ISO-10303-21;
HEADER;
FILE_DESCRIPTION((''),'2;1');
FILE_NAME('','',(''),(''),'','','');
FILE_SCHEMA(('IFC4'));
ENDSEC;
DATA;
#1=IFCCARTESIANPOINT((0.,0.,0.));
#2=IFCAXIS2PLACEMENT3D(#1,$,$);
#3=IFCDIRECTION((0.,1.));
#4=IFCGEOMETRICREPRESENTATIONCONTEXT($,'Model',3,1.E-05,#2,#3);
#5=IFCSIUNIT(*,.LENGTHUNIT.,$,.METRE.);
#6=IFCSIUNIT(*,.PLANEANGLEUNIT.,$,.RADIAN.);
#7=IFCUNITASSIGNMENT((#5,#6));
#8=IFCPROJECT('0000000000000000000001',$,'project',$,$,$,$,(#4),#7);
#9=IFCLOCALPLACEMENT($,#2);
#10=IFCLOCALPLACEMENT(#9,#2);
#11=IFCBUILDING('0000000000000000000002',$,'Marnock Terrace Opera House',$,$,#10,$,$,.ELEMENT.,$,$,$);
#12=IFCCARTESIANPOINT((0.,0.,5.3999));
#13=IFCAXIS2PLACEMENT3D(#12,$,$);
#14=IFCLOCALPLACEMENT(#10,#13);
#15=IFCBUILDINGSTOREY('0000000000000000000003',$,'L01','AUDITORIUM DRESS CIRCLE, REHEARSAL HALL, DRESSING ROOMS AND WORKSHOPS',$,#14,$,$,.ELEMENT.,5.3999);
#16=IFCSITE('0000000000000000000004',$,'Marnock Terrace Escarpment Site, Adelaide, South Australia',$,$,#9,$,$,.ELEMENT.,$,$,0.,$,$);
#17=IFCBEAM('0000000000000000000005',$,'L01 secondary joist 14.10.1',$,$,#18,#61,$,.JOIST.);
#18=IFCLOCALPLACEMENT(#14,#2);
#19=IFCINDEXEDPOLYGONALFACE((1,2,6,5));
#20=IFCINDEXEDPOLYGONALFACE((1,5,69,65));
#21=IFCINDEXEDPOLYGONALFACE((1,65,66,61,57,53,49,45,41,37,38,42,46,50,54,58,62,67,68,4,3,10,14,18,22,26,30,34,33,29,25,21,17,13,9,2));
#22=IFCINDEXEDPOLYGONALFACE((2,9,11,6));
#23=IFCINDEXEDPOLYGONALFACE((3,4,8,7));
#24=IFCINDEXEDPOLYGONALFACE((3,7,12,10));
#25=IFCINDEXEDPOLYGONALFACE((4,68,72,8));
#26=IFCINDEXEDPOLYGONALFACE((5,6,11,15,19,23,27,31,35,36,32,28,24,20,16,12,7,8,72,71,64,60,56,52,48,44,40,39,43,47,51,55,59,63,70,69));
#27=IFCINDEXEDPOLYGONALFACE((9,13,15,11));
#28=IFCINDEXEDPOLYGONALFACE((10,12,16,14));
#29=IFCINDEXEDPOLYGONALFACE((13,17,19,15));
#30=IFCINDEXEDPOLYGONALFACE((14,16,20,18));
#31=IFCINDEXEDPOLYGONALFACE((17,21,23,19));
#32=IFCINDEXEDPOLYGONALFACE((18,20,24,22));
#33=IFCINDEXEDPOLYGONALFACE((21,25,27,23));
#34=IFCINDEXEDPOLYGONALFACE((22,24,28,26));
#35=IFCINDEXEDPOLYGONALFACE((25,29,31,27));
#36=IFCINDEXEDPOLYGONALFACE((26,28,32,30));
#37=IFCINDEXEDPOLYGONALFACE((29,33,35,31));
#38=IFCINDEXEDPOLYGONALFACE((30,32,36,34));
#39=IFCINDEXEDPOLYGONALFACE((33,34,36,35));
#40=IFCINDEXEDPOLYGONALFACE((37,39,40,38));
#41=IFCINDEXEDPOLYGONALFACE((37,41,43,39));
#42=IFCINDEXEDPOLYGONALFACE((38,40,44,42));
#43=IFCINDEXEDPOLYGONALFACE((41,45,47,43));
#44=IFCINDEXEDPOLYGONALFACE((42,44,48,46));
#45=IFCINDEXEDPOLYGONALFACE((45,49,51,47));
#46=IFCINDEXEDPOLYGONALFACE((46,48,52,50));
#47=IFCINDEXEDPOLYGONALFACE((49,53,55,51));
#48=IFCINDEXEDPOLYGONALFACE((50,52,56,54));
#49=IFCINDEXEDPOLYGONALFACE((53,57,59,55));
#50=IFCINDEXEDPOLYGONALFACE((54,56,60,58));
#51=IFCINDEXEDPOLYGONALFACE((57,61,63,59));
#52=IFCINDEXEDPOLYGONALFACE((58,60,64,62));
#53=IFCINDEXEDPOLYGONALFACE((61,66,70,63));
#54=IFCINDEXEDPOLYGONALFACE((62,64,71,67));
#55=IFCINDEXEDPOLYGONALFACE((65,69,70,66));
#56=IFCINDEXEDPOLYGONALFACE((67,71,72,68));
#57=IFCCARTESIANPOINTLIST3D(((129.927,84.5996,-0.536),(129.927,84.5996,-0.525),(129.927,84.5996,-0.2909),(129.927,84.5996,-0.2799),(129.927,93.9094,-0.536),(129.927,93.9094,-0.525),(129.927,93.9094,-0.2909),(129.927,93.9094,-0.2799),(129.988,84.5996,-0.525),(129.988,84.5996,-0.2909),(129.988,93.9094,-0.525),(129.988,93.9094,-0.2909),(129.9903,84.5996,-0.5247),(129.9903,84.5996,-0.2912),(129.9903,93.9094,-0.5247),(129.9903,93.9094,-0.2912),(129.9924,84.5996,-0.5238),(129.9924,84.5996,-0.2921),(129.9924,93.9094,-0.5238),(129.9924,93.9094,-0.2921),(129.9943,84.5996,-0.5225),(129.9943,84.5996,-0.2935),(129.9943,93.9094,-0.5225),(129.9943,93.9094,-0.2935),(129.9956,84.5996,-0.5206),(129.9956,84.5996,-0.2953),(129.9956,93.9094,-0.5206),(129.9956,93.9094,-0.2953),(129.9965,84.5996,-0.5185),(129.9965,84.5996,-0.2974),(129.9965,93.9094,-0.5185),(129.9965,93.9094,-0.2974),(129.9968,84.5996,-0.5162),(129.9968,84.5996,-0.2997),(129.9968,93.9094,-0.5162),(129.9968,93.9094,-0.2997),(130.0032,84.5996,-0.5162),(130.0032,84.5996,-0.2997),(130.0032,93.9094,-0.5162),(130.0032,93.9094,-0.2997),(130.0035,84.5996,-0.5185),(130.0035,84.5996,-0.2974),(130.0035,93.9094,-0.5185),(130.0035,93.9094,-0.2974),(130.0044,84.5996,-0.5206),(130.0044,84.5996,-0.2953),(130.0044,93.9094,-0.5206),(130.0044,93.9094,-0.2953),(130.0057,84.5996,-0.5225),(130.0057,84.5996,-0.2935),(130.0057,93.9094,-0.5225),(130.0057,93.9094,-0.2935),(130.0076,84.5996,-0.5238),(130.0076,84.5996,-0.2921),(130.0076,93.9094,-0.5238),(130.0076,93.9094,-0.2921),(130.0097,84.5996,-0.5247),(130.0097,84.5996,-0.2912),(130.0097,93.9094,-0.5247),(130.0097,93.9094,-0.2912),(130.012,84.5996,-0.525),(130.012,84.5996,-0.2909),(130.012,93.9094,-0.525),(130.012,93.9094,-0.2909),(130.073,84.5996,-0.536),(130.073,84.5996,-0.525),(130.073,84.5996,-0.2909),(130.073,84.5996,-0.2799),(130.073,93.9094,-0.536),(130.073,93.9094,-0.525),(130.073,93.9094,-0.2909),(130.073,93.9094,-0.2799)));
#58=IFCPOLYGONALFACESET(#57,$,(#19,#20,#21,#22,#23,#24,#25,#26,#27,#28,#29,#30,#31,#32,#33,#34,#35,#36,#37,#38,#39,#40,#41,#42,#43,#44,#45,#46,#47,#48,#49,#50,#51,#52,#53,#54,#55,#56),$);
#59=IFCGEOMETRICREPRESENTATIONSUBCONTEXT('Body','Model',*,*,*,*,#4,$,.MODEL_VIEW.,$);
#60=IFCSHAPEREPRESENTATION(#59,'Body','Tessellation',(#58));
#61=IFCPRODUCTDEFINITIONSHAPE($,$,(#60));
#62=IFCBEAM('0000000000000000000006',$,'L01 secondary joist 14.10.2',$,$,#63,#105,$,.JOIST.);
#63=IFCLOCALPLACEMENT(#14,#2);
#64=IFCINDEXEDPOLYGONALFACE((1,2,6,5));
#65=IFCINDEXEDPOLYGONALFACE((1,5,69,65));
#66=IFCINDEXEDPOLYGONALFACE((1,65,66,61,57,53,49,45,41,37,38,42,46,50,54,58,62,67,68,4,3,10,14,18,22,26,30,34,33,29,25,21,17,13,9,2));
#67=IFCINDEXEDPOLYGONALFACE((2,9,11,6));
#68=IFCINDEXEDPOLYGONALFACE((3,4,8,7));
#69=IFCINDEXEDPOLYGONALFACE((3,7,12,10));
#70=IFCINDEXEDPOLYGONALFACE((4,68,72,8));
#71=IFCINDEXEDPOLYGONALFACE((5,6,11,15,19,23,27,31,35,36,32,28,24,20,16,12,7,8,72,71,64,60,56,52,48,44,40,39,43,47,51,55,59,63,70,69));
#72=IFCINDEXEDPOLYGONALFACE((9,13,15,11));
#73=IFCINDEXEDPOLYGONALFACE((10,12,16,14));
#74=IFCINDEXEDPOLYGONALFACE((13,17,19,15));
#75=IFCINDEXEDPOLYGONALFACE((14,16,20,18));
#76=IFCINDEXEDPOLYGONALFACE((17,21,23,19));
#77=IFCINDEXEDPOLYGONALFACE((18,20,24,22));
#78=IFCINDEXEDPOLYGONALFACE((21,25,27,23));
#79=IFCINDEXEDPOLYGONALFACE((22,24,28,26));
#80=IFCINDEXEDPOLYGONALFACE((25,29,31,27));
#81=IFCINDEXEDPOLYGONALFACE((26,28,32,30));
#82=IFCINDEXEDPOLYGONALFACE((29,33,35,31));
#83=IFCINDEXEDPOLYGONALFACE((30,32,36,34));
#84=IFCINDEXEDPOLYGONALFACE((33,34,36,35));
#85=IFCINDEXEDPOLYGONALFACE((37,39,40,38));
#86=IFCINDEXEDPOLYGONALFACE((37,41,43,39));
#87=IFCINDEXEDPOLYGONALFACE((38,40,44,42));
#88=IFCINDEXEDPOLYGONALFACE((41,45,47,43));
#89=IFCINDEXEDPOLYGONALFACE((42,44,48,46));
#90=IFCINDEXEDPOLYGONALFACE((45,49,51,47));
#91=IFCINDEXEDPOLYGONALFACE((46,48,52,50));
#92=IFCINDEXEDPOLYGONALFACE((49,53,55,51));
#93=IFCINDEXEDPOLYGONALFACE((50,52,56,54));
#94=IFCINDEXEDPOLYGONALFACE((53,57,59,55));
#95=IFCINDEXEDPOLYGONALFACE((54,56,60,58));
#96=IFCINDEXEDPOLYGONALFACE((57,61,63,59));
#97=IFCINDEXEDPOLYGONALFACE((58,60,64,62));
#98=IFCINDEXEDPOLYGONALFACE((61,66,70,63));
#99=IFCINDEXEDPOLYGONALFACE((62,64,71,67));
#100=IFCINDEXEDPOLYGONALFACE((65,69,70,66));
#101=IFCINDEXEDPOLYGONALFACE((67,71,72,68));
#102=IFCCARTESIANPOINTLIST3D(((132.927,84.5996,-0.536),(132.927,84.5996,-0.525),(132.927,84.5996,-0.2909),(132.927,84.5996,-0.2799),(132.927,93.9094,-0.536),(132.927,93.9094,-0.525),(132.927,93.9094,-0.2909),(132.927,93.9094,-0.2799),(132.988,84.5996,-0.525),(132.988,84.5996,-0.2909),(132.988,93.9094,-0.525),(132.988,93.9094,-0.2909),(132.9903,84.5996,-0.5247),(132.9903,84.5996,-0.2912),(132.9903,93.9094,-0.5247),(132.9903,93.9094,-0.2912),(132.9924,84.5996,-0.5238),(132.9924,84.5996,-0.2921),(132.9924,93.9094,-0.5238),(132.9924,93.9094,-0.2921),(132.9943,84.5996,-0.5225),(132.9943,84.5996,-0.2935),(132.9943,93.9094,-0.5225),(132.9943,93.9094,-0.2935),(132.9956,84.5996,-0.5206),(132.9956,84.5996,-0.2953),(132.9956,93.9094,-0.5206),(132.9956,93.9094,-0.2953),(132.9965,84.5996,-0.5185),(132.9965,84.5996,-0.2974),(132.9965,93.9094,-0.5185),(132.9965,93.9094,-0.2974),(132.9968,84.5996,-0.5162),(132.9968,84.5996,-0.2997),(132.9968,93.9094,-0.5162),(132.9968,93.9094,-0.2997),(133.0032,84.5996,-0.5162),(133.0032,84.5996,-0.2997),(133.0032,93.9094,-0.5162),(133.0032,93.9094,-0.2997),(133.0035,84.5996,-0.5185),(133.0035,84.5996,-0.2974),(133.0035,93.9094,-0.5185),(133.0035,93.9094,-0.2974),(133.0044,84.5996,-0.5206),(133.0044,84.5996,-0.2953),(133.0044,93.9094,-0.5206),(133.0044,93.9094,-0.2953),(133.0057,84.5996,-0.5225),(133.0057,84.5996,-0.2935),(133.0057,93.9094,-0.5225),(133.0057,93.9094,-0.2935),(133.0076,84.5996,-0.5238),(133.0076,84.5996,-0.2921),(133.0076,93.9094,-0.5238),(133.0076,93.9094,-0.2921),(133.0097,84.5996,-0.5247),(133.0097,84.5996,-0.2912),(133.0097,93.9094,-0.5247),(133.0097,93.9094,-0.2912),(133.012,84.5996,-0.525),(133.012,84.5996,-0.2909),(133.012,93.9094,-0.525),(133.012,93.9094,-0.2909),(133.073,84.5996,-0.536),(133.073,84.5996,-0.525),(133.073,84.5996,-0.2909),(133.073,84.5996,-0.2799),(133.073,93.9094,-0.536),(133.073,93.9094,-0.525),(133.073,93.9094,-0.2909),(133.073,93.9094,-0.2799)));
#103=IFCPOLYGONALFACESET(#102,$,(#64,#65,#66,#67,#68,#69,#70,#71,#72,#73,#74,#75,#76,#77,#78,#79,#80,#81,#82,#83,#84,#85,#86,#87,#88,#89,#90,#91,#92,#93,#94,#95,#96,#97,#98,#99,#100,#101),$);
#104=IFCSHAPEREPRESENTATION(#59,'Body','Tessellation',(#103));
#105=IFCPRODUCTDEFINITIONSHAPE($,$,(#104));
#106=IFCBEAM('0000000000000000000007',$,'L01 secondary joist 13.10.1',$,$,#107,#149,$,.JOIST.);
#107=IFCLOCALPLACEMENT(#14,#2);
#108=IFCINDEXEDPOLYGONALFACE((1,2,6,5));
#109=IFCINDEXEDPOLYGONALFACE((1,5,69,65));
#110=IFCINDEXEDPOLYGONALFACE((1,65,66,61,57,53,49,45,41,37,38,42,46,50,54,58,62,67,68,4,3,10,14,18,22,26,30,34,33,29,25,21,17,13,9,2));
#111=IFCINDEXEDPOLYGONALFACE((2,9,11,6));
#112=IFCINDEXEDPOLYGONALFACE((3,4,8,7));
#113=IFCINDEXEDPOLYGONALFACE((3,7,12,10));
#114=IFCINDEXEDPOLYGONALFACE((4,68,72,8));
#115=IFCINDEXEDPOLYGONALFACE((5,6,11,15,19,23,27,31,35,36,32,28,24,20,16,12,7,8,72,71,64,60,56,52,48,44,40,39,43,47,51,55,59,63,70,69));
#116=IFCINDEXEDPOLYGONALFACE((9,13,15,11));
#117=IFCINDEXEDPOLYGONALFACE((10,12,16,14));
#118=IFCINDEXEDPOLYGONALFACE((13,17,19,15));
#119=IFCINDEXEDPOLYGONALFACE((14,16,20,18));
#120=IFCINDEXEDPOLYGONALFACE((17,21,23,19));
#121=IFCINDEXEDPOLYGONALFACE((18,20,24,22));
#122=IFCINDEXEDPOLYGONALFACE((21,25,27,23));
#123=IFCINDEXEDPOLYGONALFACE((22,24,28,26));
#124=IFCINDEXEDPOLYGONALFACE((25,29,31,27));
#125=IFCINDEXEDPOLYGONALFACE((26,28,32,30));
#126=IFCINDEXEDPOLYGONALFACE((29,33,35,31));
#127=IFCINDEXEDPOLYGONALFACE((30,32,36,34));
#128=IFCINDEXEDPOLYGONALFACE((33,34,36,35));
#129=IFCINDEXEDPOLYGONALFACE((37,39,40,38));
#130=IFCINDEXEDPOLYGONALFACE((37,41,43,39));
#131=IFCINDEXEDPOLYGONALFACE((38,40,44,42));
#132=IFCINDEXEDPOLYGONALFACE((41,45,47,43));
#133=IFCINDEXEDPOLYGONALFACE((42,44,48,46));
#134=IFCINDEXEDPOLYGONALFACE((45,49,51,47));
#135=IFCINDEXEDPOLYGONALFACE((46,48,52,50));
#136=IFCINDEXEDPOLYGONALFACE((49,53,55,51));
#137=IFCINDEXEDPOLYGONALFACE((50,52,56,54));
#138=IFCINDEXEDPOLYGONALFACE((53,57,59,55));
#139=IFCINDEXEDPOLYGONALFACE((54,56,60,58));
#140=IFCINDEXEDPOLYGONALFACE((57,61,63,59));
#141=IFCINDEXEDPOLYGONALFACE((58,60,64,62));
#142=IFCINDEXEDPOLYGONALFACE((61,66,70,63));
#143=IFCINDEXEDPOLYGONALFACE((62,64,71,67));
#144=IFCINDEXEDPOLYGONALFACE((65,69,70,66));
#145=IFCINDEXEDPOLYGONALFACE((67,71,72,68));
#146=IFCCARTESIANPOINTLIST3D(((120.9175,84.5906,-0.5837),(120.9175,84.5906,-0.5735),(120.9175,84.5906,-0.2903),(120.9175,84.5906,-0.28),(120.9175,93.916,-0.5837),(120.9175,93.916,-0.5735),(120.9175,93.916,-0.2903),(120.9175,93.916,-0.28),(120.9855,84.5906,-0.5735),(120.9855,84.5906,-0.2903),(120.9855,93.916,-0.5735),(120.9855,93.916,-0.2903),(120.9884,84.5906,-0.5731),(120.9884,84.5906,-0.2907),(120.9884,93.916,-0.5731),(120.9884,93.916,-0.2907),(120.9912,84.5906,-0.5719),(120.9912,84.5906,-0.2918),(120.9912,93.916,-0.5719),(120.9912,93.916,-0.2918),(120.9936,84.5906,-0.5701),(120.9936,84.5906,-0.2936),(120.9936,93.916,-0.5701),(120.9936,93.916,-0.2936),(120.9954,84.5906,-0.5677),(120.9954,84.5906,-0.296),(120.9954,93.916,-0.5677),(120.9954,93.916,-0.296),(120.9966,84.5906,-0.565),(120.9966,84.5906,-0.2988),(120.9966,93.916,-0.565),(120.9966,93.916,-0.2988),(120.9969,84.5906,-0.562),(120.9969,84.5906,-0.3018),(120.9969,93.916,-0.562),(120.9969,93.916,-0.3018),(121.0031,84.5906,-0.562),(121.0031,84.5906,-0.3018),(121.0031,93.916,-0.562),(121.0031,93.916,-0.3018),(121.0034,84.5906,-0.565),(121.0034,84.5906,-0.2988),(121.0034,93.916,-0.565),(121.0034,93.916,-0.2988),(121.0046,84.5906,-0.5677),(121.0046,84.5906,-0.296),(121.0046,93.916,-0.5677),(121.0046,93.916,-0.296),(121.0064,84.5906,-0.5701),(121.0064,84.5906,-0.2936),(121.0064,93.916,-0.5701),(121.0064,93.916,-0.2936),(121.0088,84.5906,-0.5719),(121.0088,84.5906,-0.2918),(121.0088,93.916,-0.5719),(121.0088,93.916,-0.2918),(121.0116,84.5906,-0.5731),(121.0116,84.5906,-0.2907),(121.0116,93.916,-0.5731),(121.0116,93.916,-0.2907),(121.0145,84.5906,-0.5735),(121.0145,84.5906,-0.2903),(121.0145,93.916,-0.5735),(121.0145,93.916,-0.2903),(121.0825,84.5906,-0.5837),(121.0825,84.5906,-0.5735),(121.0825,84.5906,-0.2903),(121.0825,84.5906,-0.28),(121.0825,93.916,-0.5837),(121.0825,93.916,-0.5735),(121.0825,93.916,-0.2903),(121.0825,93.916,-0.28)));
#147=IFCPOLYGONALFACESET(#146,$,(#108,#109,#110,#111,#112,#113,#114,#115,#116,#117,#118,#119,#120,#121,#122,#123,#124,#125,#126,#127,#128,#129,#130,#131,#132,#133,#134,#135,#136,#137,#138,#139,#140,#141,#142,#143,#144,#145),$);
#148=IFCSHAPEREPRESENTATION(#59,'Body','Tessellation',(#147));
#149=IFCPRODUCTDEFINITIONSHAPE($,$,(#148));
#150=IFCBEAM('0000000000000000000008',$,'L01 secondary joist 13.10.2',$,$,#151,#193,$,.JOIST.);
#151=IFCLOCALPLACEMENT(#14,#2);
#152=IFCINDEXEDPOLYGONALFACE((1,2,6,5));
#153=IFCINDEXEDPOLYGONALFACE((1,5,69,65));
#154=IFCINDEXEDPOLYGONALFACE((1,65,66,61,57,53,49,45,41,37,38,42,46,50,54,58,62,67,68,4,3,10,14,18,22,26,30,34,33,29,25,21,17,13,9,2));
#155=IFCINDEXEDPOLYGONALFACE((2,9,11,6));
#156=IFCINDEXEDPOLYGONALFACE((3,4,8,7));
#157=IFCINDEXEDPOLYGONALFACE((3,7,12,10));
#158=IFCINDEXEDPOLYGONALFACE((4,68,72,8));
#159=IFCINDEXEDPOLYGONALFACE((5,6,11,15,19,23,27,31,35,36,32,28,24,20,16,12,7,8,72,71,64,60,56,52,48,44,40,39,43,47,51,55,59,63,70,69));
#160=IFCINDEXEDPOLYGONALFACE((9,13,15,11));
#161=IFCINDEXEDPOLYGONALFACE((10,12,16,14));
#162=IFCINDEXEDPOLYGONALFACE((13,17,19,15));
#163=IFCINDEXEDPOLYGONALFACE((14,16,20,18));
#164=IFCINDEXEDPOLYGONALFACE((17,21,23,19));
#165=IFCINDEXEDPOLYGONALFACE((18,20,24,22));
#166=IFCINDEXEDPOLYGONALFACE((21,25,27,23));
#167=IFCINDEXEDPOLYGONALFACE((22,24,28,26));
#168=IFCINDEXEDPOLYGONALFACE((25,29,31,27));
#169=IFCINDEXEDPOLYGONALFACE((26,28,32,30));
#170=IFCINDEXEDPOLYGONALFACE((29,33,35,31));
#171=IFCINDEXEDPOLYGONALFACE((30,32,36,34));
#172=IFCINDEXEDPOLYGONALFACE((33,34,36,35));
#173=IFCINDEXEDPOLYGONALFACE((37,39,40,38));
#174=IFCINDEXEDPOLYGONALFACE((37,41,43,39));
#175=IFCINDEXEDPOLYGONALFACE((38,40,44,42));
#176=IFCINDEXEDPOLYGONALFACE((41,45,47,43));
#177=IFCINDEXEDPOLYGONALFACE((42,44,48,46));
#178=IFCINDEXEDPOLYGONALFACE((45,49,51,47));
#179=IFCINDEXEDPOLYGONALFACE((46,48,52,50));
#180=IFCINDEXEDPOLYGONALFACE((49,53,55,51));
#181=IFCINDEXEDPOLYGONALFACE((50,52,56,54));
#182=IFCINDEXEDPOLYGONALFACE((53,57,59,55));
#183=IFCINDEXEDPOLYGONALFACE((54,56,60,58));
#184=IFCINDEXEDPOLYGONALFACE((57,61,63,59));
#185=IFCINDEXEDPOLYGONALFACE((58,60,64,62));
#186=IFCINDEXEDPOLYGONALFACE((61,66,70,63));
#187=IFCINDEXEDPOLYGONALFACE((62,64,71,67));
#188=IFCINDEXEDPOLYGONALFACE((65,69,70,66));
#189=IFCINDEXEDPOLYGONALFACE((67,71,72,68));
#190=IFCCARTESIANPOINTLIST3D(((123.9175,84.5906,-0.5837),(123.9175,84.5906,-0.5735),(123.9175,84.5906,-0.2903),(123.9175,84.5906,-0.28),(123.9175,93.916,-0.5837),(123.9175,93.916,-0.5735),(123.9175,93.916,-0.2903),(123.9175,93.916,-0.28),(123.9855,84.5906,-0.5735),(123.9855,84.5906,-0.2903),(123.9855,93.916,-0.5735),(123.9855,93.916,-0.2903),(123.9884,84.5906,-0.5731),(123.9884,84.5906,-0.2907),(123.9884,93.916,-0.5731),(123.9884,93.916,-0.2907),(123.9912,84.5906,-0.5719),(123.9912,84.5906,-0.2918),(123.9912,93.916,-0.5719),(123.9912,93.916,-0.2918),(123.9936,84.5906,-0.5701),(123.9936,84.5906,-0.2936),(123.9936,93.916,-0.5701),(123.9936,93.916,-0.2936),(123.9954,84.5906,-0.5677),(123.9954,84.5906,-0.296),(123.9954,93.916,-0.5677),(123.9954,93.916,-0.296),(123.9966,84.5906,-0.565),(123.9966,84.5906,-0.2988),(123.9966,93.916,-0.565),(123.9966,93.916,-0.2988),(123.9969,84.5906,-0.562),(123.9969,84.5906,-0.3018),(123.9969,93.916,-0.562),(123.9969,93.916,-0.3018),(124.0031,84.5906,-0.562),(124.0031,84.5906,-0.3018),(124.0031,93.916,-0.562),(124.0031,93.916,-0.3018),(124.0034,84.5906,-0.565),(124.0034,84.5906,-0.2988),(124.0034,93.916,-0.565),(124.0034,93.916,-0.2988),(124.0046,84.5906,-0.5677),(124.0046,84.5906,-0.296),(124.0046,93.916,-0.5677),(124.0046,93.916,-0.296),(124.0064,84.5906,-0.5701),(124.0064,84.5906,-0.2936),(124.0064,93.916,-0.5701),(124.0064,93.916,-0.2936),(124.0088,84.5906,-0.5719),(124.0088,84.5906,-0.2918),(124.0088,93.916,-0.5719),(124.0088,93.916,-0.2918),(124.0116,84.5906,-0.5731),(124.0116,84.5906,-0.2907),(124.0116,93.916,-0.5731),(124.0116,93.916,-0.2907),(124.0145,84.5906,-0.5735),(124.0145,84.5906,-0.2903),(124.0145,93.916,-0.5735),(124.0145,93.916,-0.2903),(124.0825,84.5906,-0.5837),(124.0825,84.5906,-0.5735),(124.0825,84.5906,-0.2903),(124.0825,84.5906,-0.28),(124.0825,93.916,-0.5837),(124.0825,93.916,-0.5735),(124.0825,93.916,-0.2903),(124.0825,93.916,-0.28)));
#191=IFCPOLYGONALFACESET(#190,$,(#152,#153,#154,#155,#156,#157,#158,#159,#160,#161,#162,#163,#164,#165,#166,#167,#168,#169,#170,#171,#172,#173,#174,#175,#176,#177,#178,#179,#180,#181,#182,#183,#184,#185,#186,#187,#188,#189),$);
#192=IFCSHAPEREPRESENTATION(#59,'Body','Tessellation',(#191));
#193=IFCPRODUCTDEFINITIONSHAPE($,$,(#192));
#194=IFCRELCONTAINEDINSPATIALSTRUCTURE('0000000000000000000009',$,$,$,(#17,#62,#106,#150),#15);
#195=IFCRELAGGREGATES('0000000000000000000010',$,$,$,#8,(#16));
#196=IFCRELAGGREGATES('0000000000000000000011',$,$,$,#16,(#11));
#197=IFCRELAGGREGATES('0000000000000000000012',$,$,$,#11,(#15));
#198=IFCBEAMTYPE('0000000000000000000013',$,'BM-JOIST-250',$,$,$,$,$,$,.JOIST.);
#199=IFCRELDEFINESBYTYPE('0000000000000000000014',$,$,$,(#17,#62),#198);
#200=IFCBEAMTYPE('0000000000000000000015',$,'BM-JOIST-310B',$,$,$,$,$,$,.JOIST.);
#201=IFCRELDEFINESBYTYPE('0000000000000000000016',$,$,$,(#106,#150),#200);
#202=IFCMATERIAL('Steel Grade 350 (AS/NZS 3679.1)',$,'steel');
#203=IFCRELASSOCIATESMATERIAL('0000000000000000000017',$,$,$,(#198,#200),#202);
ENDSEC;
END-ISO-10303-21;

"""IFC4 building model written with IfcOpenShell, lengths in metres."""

from ifc_helpers import new_model, si_unit, direction, frame, origin, origin_2d, place, context, subcontext, project, spatial, i_section, extrude, material, material_profile, profile_set, type_object, element, save


model = new_model("IFC4")

# Units and contexts
model_context = context("Model", 3, precision=1e-05, world=origin(), true_north=direction((0.0, 1.0)))
body_context = subcontext(model_context, "Body", "Model", "MODEL_VIEW")
ifc_project = project(units=[si_unit("LENGTHUNIT", "METRE"), si_unit("PLANEANGLEUNIT", "RADIAN")], contexts=[model_context])

# Site, building, storey
site_placement = place(None, origin())
site = spatial("IfcSite", under=ifc_project, at=site_placement, Name="Marnock Terrace Escarpment Site, Adelaide, South Australia", CompositionType="ELEMENT", RefElevation=0.0)
building_placement = place(site_placement, origin())
building = spatial("IfcBuilding", under=site, at=building_placement, Name="Marnock Terrace Opera House", CompositionType="ELEMENT")
storey_placement = place(building_placement, frame((0.0, 0.0, 5.3999)))
storey = spatial("IfcBuildingStorey", under=building, at=storey_placement, Name="L01", Description="AUDITORIUM DRESS CIRCLE, REHEARSAL HALL, DRESSING ROOMS AND WORKSHOPS", CompositionType="ELEMENT", Elevation=5.3999)

# Beams
ifc_material_1 = material(Name="Steel Grade 350 (AS/NZS 3679.1)", Category="steel")
ifc_material_profile_1 = material_profile(ifc_material_1, i_section(OverallWidth=0.146, OverallDepth=0.2561, WebThickness=0.0063, FlangeThickness=0.011, FilletRadius=0.0088, at=origin_2d()))
ifc_profile_set_1 = profile_set([ifc_material_profile_1], Name="Steel Grade 350 (AS/NZS 3679.1)")
beam_type_1 = type_object("IfcBeamType", Name="BM-JOIST-250", PredefinedType="JOIST", material=ifc_profile_set_1)
for number, where, z_axis, x_axis, name in (
    (1, (130.0, 84.5996, -0.408), (0.0, 1.0, 0.0), (-1.0, 0.0, 0.0), "L01 secondary joist 14.10.1"),
    (2, (133.0, 84.5996, -0.408), (0.0, 1.0, 0.0), (-1.0, 0.0, 0.0), "L01 secondary joist 14.10.2"),
):
    element("IfcBeam", number, at=place(storey_placement, frame(where, z_axis=z_axis, x_axis=x_axis)), inside=storey, type_object=beam_type_1, Name=name, PredefinedType="JOIST", context=body_context, shape_type="SweptSolid", body=[
        extrude(i_section(OverallWidth=0.146, OverallDepth=0.2561, WebThickness=0.0063, FlangeThickness=0.011, FilletRadius=0.0088, at=origin_2d()), origin(), (0.0, 0.0, 1.0), 9.3098),
    ])
ifc_material_profile_2 = material_profile(ifc_material_1, i_section(OverallWidth=0.165, OverallDepth=0.3037, WebThickness=0.0061, FlangeThickness=0.0103, FilletRadius=0.0115, at=origin_2d()))
ifc_profile_set_2 = profile_set([ifc_material_profile_2], Name="Steel Grade 350 (AS/NZS 3679.1)")
beam_type_2 = type_object("IfcBeamType", Name="BM-JOIST-310B", PredefinedType="JOIST", material=ifc_profile_set_2)
for number, where, z_axis, x_axis, name in (
    (3, (121.0, 84.5906, -0.4319), (0.0, 1.0, 0.0), (-1.0, 0.0, 0.0), "L01 secondary joist 13.10.1"),
    (4, (124.0, 84.5906, -0.4319), (0.0, 1.0, 0.0), (-1.0, 0.0, 0.0), "L01 secondary joist 13.10.2"),
):
    element("IfcBeam", number, at=place(storey_placement, frame(where, z_axis=z_axis, x_axis=x_axis)), inside=storey, type_object=beam_type_2, Name=name, PredefinedType="JOIST", context=body_context, shape_type="SweptSolid", body=[
        extrude(i_section(OverallWidth=0.165, OverallDepth=0.3037, WebThickness=0.0061, FlangeThickness=0.0103, FilletRadius=0.0115, at=origin_2d()), origin(), (0.0, 0.0, 1.0), 9.3254),
    ])

save(model, "model.ifc")
